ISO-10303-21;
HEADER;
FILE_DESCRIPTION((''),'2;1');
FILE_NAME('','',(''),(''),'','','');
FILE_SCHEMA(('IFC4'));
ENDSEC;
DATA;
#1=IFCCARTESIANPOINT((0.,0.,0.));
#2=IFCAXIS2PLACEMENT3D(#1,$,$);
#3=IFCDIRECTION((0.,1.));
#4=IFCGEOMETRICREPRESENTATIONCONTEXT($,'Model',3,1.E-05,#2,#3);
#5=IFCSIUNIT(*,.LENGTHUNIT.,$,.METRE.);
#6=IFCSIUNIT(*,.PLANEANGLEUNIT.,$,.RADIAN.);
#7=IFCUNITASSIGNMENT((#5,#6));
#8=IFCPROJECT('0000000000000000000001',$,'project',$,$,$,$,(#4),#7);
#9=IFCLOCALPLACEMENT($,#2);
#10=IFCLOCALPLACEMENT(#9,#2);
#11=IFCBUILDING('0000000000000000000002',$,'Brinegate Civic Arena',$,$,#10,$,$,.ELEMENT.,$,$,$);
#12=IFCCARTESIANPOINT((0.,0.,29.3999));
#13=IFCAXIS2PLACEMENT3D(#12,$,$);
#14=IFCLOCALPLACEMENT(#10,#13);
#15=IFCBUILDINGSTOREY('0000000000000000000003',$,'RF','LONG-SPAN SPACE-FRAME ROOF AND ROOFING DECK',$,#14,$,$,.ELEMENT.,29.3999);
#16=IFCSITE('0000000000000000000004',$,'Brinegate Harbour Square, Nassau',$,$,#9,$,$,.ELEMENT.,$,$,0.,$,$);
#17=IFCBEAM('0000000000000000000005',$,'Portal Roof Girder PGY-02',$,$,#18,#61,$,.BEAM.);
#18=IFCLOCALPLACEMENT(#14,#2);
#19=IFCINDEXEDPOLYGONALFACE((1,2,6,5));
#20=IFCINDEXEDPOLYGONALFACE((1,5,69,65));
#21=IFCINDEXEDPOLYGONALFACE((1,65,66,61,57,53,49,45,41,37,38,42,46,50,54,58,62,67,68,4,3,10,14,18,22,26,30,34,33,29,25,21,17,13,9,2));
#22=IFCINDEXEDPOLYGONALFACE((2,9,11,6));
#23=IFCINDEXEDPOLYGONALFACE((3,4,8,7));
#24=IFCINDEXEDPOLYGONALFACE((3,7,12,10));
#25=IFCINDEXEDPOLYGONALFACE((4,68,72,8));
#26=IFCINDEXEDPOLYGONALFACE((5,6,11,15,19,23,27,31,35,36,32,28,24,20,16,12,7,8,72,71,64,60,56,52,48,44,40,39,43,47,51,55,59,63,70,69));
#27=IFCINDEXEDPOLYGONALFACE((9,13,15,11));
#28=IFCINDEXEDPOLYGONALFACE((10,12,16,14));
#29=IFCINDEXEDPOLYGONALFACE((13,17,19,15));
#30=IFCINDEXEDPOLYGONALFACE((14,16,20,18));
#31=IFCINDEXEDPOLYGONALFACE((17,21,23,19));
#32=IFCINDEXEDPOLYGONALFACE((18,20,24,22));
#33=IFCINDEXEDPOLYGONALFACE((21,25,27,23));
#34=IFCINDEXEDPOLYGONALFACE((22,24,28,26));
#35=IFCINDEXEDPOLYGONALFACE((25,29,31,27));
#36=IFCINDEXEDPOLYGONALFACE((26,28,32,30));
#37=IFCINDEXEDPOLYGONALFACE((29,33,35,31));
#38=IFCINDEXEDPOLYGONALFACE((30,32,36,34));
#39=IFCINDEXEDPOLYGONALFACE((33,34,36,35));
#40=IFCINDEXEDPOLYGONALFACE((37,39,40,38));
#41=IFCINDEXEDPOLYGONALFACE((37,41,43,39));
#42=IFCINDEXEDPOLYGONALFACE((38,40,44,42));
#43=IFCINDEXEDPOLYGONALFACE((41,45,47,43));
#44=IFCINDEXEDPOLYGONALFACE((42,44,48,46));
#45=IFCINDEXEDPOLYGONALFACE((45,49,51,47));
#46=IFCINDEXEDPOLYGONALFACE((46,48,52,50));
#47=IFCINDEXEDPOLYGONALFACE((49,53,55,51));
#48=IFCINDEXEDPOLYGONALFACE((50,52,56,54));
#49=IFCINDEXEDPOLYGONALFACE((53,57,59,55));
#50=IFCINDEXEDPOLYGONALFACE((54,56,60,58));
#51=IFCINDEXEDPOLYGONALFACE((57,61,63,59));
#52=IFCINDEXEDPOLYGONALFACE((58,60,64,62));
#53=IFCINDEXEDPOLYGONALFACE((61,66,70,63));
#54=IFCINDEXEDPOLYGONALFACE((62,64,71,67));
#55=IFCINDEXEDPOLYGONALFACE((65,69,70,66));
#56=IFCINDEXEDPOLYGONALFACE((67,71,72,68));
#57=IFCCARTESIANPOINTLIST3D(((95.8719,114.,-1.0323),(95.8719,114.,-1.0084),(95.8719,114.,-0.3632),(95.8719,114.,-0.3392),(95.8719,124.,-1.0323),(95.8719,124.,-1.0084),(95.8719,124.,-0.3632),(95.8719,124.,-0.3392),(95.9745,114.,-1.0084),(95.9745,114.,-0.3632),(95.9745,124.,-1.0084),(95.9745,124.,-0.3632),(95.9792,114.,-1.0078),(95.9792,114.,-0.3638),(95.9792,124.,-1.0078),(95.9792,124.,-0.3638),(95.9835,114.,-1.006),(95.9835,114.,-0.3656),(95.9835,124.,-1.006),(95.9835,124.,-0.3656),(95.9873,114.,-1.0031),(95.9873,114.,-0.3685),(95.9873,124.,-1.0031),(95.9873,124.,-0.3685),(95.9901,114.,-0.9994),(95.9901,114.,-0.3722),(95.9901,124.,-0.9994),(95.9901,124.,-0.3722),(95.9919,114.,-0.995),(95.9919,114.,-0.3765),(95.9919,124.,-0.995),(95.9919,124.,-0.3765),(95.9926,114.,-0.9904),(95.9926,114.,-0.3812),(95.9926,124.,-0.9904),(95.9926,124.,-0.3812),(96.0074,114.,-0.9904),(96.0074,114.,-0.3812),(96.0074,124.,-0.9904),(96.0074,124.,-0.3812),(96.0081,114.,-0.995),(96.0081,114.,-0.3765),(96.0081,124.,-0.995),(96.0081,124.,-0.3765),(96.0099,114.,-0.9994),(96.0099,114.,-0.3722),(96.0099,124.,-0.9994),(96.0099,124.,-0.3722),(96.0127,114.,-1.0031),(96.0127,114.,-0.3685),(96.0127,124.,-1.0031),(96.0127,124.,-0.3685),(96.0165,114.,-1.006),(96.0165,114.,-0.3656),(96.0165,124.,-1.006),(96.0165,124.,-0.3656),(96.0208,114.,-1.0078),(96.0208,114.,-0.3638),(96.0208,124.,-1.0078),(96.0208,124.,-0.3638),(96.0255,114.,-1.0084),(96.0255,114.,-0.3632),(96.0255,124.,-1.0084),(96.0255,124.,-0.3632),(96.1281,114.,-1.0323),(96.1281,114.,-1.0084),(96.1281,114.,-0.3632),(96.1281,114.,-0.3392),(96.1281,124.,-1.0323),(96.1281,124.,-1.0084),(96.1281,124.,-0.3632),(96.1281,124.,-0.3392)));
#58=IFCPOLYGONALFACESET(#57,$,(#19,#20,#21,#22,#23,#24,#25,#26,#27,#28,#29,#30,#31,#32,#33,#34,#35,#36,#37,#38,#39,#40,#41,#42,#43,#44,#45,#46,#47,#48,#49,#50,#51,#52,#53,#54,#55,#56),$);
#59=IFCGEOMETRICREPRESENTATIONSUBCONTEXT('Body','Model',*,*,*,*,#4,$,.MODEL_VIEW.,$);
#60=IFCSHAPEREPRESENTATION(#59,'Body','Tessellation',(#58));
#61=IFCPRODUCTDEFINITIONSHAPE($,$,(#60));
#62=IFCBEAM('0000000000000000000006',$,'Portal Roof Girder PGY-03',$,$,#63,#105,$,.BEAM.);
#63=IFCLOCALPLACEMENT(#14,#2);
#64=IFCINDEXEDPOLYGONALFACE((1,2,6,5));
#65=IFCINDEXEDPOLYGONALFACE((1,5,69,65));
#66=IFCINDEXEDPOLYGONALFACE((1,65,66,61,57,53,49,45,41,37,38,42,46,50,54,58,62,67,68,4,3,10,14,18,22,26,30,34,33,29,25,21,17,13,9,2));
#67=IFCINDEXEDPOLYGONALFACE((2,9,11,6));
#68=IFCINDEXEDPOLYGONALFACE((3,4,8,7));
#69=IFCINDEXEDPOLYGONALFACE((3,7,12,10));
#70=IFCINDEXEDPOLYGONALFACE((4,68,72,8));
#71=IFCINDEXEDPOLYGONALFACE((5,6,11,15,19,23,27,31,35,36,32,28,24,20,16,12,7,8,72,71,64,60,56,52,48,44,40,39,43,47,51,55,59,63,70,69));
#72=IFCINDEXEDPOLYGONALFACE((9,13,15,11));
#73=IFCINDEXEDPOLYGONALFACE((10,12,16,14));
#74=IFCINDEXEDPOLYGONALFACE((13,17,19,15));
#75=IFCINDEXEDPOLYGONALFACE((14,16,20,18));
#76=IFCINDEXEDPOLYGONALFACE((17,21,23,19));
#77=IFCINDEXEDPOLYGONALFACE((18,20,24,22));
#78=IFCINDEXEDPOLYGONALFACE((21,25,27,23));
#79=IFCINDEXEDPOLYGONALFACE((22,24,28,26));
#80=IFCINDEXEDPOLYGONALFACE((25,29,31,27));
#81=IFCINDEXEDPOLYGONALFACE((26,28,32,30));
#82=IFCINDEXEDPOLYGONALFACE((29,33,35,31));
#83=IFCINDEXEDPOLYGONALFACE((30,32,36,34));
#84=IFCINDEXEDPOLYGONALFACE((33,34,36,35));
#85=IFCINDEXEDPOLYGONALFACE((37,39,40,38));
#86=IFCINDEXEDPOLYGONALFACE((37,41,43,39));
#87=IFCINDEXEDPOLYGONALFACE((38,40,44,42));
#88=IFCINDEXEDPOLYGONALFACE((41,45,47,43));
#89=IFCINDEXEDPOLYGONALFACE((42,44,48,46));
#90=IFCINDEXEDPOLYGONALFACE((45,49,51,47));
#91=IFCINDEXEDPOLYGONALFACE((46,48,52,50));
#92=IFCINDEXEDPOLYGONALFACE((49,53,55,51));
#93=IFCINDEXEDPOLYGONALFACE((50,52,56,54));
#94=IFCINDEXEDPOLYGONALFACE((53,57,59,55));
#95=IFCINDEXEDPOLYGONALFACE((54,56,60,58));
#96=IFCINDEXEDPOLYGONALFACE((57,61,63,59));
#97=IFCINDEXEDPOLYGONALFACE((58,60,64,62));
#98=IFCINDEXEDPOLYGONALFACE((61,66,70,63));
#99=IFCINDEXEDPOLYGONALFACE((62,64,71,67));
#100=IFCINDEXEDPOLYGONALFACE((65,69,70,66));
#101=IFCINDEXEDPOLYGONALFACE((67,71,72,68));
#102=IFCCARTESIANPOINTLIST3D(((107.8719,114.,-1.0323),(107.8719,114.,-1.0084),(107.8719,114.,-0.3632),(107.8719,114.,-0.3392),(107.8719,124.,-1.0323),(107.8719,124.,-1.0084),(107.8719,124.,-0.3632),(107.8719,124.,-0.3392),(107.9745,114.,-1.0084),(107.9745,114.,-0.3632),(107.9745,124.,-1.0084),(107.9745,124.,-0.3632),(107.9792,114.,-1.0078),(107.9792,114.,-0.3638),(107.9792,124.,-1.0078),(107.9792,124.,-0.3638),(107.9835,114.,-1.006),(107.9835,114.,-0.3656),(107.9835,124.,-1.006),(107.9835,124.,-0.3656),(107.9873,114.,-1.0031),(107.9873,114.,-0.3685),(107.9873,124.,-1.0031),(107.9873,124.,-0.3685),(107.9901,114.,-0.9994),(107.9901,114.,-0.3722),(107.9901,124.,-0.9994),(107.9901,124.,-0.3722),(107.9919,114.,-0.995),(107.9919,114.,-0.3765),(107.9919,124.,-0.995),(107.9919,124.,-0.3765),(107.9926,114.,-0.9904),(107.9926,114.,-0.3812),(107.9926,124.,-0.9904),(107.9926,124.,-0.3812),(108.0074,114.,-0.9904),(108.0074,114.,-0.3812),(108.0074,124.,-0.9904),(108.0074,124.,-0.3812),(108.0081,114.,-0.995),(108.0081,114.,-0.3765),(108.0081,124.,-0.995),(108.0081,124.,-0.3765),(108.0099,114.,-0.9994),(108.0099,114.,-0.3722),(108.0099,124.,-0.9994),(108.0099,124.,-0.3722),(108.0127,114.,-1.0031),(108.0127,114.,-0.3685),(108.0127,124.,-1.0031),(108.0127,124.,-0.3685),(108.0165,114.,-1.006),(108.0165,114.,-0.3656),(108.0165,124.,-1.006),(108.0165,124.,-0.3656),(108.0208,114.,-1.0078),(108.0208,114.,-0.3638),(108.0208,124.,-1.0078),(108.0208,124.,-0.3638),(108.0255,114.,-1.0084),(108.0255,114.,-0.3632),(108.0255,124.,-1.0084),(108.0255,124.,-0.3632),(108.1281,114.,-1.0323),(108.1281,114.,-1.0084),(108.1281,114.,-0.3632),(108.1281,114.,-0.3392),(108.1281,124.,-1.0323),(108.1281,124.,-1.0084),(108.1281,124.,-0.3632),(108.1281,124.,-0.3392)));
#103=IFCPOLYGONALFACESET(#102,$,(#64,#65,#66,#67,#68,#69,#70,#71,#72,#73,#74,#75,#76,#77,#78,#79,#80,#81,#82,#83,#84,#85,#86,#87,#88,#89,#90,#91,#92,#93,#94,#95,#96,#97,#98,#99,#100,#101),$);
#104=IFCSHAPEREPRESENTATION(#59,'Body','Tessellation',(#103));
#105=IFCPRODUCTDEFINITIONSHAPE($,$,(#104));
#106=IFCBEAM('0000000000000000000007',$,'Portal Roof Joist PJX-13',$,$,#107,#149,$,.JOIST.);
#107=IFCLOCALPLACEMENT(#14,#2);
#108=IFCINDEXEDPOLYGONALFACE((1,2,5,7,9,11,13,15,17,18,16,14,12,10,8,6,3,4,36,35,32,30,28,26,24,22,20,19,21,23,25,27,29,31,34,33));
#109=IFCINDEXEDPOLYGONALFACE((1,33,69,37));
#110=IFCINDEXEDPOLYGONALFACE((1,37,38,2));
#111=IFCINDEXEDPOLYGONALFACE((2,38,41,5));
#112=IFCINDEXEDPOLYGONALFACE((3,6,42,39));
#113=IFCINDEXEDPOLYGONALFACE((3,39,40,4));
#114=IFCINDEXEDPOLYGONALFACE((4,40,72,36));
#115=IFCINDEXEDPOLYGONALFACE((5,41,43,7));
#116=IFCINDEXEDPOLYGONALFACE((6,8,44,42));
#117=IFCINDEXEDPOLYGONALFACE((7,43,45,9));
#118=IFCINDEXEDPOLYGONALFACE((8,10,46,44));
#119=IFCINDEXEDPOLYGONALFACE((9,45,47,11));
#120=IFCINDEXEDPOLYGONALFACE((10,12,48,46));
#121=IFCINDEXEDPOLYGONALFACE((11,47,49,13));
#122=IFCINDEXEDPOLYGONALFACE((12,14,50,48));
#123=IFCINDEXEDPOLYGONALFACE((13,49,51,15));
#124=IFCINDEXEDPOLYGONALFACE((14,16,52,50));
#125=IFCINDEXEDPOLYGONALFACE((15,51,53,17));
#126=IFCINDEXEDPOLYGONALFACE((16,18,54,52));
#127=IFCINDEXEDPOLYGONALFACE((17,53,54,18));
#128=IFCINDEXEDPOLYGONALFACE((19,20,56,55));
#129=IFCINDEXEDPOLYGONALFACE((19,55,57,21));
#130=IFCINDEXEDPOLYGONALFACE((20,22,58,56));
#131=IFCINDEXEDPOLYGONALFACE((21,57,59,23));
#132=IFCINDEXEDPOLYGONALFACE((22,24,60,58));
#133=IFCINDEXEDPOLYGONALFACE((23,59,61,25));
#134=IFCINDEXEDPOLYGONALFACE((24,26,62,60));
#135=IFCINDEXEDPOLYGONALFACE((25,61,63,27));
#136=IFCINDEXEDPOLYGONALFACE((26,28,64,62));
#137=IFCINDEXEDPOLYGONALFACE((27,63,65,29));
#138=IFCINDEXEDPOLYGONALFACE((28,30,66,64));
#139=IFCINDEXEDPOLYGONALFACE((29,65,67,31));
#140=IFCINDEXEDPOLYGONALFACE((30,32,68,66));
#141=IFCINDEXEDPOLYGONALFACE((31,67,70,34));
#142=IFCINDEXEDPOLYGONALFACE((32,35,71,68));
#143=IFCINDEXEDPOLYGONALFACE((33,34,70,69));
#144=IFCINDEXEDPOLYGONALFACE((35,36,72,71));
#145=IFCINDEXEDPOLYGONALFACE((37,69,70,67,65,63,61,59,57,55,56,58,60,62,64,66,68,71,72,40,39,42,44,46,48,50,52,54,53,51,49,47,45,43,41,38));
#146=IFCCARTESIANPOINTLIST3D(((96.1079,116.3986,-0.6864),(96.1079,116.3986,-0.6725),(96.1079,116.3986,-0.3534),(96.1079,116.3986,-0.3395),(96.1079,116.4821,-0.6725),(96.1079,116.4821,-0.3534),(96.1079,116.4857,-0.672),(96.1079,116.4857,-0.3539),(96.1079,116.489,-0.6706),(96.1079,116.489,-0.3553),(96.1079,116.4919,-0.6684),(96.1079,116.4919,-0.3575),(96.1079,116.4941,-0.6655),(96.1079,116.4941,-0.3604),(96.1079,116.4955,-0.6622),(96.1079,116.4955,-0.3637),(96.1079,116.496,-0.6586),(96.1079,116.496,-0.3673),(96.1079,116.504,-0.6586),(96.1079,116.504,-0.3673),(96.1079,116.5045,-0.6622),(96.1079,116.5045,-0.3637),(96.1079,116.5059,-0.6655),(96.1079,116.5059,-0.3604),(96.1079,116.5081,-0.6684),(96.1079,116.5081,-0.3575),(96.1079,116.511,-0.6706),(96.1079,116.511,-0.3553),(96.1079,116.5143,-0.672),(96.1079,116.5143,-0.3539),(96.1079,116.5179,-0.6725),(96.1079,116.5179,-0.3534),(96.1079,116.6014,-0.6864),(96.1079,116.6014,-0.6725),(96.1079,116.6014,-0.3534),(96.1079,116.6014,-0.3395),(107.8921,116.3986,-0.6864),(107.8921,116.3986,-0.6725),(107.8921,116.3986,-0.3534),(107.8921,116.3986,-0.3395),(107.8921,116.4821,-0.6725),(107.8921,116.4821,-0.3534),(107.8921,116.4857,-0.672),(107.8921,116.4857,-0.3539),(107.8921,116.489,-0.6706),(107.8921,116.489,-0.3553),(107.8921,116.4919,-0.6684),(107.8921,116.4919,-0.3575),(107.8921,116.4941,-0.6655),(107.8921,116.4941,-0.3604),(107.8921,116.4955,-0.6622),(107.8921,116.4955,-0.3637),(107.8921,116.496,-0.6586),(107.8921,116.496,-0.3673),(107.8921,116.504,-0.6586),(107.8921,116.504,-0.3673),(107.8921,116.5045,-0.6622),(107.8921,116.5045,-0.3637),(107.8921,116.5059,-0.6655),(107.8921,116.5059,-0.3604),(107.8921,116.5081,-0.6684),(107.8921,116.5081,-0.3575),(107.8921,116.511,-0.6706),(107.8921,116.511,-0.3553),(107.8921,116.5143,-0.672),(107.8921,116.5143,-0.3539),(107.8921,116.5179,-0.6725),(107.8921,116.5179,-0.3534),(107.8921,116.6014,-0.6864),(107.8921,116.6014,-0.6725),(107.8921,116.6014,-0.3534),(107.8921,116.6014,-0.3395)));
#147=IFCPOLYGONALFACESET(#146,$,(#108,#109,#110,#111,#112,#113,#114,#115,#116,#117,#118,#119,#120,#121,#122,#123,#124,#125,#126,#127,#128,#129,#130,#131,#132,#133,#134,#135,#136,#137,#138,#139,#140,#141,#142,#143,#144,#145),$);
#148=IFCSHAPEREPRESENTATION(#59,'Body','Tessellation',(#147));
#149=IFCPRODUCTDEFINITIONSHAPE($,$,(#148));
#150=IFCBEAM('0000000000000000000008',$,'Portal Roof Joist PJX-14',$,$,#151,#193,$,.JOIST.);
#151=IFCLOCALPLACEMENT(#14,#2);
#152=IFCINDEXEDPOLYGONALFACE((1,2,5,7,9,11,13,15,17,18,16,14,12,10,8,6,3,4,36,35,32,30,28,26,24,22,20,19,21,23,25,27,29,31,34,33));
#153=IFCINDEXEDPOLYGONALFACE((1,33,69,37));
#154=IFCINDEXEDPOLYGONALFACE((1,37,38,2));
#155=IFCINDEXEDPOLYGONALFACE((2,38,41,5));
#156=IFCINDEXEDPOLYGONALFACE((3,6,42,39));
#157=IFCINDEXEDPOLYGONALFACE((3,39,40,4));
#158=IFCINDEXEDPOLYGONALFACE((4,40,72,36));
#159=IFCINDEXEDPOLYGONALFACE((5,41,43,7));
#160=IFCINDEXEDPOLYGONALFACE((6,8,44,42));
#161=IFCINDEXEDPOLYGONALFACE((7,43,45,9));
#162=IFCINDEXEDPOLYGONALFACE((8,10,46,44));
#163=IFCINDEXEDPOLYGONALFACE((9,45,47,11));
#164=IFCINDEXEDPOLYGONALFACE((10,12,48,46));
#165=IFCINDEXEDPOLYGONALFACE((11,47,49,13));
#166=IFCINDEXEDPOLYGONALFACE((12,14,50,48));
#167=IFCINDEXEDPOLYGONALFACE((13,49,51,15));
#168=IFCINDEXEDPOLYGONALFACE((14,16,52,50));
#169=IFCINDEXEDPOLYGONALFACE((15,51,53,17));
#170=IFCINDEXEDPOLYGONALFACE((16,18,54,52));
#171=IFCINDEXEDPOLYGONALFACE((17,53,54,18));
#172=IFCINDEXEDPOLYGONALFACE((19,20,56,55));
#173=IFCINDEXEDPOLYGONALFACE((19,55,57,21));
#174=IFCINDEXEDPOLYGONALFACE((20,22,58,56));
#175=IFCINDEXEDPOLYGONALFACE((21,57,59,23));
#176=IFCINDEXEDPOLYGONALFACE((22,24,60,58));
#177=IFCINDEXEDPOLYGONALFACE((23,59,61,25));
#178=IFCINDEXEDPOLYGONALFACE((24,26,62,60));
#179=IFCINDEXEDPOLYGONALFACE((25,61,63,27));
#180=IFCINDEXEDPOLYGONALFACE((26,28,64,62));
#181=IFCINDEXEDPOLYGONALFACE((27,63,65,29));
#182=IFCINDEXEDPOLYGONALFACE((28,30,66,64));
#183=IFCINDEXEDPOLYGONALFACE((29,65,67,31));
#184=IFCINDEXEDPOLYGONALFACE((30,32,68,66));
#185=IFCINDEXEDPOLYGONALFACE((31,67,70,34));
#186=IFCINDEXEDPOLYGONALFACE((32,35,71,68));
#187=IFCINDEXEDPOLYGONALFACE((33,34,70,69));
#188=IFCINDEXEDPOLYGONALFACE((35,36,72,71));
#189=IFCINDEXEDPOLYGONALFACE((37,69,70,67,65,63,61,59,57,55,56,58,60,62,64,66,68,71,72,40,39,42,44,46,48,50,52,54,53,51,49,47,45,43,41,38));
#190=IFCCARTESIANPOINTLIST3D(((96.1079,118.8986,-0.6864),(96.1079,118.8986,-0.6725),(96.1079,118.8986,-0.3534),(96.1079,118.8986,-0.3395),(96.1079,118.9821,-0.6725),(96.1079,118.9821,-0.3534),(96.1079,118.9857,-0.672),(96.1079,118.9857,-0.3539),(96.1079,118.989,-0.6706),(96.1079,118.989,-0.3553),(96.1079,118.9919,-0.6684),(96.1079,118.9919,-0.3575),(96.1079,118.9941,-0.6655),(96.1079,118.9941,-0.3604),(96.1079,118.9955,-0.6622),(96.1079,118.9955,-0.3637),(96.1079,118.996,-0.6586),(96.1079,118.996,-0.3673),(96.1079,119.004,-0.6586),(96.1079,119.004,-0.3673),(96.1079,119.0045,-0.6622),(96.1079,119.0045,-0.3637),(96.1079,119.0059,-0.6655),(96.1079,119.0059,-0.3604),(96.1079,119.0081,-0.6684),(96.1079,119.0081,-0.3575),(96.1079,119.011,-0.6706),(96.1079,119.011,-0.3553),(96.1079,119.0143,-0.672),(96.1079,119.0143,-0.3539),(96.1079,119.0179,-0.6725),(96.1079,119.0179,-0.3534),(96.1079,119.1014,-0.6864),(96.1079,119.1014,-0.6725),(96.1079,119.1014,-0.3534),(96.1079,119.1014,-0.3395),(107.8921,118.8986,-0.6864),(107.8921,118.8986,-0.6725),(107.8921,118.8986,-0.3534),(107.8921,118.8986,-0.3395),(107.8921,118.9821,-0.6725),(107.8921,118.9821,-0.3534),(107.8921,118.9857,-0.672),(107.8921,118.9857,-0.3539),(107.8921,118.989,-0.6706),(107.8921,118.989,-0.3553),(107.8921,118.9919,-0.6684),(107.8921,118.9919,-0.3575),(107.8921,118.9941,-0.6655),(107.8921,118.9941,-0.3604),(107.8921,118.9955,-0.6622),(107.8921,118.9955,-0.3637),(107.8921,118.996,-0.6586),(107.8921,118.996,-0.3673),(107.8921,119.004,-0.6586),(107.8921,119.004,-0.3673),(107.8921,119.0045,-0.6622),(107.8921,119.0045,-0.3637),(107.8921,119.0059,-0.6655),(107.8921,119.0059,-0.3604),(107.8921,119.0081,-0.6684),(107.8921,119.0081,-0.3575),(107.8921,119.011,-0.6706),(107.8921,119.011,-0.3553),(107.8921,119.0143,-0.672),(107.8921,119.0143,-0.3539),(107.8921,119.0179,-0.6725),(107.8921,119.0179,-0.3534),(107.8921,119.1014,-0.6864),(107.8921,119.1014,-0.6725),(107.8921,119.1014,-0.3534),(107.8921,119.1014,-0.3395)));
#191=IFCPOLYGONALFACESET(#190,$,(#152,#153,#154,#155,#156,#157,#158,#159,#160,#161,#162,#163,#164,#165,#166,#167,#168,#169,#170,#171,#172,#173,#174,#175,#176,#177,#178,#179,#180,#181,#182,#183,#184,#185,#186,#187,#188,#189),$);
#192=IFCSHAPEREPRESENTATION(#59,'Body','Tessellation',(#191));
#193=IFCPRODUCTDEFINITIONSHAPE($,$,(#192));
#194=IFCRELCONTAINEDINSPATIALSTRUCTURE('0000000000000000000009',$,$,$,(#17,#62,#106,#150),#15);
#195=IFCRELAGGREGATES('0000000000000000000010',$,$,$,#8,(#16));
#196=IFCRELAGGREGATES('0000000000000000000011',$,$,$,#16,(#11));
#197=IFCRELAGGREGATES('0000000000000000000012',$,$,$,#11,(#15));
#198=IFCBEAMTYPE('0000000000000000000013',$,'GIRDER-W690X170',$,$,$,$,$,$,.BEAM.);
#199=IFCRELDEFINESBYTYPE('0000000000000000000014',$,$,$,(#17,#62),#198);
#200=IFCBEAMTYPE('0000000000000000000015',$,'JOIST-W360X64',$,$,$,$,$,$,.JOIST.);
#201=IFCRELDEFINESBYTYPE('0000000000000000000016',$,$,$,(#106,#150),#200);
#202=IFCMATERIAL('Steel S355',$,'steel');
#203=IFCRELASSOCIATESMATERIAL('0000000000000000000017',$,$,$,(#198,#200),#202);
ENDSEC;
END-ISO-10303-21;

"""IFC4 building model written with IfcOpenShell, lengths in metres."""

from ifc_helpers import new_model, si_unit, direction, frame, origin, origin_2d, place, context, subcontext, project, spatial, i_section, extrude, material, material_profile, profile_set, type_object, element, save


model = new_model("IFC4")

# Units and contexts
model_context = context("Model", 3, precision=1e-05, world=origin(), true_north=direction((0.0, 1.0)))
body_context = subcontext(model_context, "Body", "Model", "MODEL_VIEW")
ifc_project = project(units=[si_unit("LENGTHUNIT", "METRE"), si_unit("PLANEANGLEUNIT", "RADIAN")], contexts=[model_context])

# Site, building, storey
site_placement = place(None, origin())
site = spatial("IfcSite", under=ifc_project, at=site_placement, Name="Brinegate Harbour Square, Nassau", CompositionType="ELEMENT", RefElevation=0.0)
building_placement = place(site_placement, origin())
building = spatial("IfcBuilding", under=site, at=building_placement, Name="Brinegate Civic Arena", CompositionType="ELEMENT")
storey_placement = place(building_placement, frame((0.0, 0.0, 29.3999)))
storey = spatial("IfcBuildingStorey", under=building, at=storey_placement, Name="RF", Description="LONG-SPAN SPACE-FRAME ROOF AND ROOFING DECK", CompositionType="ELEMENT", Elevation=29.3999)

# Beams
ifc_material_1 = material(Name="Steel S355", Category="steel")
ifc_material_profile_1 = material_profile(ifc_material_1, i_section(OverallWidth=0.2561, OverallDepth=0.6931, WebThickness=0.0149, FlangeThickness=0.0239, FilletRadius=0.0181, at=origin_2d()), Name="W690X170")
ifc_profile_set_1 = profile_set([ifc_material_profile_1], Name="Steel S355")
beam_type_1 = type_object("IfcBeamType", Name="GIRDER-W690X170", PredefinedType="BEAM", material=ifc_profile_set_1)
for number, where, z_axis, x_axis, name in (
    (1, (96.0, 114.0, -0.6858), (0.0, 1.0, 0.0), (-1.0, 0.0, 0.0), "Portal Roof Girder PGY-02"),
    (2, (108.0, 114.0, -0.6858), (0.0, 1.0, 0.0), (-1.0, 0.0, 0.0), "Portal Roof Girder PGY-03"),
):
    element("IfcBeam", number, at=place(storey_placement, frame(where, z_axis=z_axis, x_axis=x_axis)), inside=storey, type_object=beam_type_1, Name=name, PredefinedType="BEAM", context=body_context, shape_type="SweptSolid", body=[
        extrude(i_section(OverallWidth=0.2561, OverallDepth=0.6931, WebThickness=0.0149, FlangeThickness=0.0239, FilletRadius=0.0181, at=origin_2d()), origin(), (0.0, 0.0, 1.0), 10.0),
    ])
ifc_material_profile_2 = material_profile(ifc_material_1, i_section(OverallWidth=0.2029, OverallDepth=0.3469, WebThickness=0.0081, FlangeThickness=0.0139, FilletRadius=0.0139, at=origin_2d()), Name="W360X64")
ifc_profile_set_2 = profile_set([ifc_material_profile_2], Name="Steel S355")
beam_type_2 = type_object("IfcBeamType", Name="JOIST-W360X64", PredefinedType="JOIST", material=ifc_profile_set_2)
for number, where, z_axis, x_axis, name in (
    (3, (96.1079, 116.5, -0.5129), (1.0, 0.0, 0.0), (0.0, 1.0, 0.0), "Portal Roof Joist PJX-13"),
    (4, (96.1079, 119.0, -0.5129), (1.0, 0.0, 0.0), (0.0, 1.0, 0.0), "Portal Roof Joist PJX-14"),
):
    element("IfcBeam", number, at=place(storey_placement, frame(where, z_axis=z_axis, x_axis=x_axis)), inside=storey, type_object=beam_type_2, Name=name, PredefinedType="JOIST", context=body_context, shape_type="SweptSolid", body=[
        extrude(i_section(OverallWidth=0.2029, OverallDepth=0.3469, WebThickness=0.0081, FlangeThickness=0.0139, FilletRadius=0.0139, at=origin_2d()), origin(), (0.0, 0.0, 1.0), 11.7842),
    ])

save(model, "model.ifc")
